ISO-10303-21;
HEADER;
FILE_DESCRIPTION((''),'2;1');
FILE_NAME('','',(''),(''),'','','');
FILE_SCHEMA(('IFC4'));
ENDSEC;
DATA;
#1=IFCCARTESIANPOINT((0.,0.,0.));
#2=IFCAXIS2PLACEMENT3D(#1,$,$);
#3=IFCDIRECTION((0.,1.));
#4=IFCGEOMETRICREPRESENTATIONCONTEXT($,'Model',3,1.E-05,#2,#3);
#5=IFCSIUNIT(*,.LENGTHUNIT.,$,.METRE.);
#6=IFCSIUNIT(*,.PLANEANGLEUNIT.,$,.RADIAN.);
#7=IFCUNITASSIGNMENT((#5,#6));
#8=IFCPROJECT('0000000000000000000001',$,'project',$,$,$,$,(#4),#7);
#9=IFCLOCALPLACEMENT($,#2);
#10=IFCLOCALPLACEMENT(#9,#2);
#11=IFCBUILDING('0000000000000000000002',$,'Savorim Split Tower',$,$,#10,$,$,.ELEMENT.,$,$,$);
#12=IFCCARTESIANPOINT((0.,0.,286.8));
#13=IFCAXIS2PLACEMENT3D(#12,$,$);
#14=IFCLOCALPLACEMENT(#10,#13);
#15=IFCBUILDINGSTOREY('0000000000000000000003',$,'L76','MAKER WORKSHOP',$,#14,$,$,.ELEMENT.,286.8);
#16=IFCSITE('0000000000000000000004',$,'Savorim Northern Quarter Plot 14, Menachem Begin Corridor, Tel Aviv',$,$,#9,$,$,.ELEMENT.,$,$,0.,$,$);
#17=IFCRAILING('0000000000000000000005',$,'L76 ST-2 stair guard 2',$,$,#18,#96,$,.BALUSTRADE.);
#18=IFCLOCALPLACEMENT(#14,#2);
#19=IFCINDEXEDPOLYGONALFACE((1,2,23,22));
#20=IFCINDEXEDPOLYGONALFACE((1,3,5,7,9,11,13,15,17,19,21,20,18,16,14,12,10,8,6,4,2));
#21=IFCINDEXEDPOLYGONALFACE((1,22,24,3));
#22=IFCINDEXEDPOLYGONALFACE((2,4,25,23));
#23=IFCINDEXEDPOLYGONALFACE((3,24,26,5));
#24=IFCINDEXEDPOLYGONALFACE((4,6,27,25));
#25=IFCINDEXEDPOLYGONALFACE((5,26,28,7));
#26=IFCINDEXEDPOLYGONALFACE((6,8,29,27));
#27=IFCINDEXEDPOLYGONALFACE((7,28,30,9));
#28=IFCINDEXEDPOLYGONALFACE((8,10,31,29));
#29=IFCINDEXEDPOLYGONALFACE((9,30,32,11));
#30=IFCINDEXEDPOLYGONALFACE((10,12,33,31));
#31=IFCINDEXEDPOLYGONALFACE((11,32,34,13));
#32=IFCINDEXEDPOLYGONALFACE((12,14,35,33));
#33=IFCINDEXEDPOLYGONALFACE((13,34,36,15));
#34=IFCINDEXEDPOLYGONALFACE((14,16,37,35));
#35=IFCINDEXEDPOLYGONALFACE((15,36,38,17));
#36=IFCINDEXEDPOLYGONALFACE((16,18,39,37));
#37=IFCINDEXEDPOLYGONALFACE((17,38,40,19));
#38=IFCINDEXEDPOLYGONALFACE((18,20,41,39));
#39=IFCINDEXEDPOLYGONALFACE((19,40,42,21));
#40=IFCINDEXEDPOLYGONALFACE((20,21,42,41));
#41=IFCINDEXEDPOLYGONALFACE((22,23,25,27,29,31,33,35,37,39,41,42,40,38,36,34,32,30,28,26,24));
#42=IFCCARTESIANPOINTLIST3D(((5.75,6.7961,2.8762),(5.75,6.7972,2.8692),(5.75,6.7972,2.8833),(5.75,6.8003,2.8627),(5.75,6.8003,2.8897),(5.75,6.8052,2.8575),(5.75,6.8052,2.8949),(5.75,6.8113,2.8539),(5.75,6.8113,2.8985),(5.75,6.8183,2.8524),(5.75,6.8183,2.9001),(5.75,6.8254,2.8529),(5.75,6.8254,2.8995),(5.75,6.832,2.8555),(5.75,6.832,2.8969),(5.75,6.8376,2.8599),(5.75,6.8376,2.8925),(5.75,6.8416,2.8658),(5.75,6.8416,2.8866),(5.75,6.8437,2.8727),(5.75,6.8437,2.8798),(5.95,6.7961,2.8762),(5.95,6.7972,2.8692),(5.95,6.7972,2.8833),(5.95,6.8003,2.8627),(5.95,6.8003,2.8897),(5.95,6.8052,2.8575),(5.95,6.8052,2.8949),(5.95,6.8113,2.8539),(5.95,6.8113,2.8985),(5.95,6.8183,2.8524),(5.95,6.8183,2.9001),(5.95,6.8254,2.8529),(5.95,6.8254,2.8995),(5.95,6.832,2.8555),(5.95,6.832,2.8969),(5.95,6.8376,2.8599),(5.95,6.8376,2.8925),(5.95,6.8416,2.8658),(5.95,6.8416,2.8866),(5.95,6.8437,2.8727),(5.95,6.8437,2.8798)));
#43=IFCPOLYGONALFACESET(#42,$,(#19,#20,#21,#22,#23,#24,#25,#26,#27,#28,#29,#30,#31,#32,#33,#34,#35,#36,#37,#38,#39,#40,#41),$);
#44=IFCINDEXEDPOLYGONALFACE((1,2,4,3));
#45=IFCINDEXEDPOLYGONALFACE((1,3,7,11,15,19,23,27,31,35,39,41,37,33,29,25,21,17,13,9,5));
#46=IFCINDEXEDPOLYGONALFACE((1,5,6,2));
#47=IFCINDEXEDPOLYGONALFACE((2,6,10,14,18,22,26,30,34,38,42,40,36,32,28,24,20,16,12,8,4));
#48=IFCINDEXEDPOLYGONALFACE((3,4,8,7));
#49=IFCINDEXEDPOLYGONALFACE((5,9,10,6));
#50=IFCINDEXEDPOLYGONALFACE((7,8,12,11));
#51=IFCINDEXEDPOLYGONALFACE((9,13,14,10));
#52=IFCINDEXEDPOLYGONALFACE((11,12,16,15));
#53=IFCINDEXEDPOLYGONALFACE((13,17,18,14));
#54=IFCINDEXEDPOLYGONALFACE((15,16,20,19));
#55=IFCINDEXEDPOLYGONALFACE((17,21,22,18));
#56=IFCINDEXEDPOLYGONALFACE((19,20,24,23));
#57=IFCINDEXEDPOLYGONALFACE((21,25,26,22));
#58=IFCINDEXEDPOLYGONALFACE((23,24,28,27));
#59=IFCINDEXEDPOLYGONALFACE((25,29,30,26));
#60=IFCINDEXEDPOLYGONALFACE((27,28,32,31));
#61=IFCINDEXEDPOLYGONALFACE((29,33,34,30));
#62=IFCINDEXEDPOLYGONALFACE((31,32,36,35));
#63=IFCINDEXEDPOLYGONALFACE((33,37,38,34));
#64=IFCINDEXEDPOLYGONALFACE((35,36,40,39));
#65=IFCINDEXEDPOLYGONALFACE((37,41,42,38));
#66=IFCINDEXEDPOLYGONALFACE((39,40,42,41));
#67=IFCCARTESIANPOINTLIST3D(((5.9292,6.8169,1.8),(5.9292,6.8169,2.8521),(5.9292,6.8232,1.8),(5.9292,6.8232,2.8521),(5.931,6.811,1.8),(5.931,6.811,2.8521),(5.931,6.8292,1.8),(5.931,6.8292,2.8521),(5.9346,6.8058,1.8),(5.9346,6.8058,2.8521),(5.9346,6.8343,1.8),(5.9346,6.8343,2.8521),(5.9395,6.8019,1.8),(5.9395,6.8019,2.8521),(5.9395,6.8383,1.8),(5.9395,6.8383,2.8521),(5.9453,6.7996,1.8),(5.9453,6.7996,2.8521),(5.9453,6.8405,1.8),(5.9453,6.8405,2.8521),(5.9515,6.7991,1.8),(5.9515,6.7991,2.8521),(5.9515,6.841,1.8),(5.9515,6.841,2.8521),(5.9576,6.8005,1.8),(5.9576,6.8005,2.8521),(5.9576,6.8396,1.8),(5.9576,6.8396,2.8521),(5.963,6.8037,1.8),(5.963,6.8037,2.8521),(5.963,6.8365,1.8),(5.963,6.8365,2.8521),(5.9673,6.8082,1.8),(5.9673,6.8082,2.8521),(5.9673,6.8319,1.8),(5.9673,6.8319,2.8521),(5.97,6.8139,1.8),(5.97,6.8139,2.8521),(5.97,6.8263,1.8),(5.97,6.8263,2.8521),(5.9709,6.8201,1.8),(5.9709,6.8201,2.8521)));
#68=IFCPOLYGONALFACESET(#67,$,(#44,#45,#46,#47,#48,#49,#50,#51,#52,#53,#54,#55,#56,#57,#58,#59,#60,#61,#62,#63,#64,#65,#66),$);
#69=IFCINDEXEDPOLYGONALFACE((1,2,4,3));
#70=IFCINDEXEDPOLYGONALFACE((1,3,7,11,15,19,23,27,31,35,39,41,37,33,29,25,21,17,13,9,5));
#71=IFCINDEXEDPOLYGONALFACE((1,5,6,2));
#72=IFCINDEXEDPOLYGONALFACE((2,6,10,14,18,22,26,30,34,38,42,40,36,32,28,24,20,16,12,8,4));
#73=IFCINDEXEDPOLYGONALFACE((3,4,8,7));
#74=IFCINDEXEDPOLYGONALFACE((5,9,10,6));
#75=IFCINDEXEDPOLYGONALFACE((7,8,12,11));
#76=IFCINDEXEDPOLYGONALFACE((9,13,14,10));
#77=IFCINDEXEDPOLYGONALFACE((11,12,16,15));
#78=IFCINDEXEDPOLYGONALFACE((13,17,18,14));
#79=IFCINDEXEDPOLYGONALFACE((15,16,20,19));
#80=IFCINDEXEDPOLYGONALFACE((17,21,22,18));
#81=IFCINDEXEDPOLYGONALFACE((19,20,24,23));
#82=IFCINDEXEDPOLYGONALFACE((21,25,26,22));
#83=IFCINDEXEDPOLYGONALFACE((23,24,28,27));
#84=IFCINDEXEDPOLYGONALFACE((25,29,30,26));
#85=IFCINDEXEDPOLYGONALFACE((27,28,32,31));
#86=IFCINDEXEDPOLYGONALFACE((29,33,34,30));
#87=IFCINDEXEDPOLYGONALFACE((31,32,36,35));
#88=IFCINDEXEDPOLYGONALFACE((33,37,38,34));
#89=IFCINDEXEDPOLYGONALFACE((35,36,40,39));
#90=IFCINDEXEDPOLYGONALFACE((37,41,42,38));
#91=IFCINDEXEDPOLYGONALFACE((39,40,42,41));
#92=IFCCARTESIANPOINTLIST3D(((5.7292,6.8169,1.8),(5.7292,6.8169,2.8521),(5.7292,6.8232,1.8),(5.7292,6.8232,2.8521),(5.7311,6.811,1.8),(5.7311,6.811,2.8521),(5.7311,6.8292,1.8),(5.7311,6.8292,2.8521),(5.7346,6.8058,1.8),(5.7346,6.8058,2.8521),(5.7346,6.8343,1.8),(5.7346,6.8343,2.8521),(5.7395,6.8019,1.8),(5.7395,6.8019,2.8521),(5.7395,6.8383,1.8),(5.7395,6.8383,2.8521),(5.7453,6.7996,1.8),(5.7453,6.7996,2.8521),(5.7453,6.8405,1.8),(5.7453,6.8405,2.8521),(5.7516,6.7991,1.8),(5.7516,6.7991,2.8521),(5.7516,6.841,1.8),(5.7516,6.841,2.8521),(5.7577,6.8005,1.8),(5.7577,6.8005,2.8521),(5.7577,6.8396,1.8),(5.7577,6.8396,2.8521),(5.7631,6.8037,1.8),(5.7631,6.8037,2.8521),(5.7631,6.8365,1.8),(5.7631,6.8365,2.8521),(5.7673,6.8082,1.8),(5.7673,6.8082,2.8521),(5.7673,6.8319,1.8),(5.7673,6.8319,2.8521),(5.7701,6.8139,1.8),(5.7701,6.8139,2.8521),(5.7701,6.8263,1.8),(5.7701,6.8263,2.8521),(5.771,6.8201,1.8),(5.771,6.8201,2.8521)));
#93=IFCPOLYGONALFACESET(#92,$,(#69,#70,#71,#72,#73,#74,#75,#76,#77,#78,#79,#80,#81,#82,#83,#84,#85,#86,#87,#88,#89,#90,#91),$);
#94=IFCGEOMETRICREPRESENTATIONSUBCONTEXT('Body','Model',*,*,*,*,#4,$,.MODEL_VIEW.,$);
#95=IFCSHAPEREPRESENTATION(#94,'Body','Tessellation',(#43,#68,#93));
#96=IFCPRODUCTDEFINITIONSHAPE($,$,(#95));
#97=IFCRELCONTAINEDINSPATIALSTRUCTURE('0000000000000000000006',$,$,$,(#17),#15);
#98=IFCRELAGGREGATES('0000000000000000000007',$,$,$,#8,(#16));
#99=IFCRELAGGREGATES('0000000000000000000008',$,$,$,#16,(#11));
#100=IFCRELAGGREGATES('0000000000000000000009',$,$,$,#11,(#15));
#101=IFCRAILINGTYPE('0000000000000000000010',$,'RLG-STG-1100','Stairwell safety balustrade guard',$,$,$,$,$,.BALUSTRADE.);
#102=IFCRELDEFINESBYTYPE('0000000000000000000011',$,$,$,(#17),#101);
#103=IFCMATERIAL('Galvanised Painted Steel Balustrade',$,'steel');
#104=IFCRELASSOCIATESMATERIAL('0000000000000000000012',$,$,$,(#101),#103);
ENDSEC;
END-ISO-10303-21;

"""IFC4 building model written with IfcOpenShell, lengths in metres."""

from ifc_helpers import new_model, si_unit, direction, frame, origin, origin_2d, place, context, subcontext, project, spatial, circle, extrude, material, type_object, element, save


model = new_model("IFC4")

# Units and contexts
model_context = context("Model", 3, precision=1e-05, world=origin(), true_north=direction((0.0, 1.0)))
body_context = subcontext(model_context, "Body", "Model", "MODEL_VIEW")
ifc_project = project(units=[si_unit("LENGTHUNIT", "METRE"), si_unit("PLANEANGLEUNIT", "RADIAN")], contexts=[model_context])

# Site, building, storey
site_placement = place(None, origin())
site = spatial("IfcSite", under=ifc_project, at=site_placement, Name="Savorim Northern Quarter Plot 14, Menachem Begin Corridor, Tel Aviv", CompositionType="ELEMENT", RefElevation=0.0)
building_placement = place(site_placement, origin())
building = spatial("IfcBuilding", under=site, at=building_placement, Name="Savorim Split Tower", CompositionType="ELEMENT")
storey_placement = place(building_placement, frame((0.0, 0.0, 286.8)))
storey = spatial("IfcBuildingStorey", under=building, at=storey_placement, Name="L76", Description="MAKER WORKSHOP", CompositionType="ELEMENT", Elevation=286.8)

# Railing
ifc_material_1 = material(Name="Galvanised Painted Steel Balustrade", Category="steel")
railing_type_1 = type_object("IfcRailingType", Name="RLG-STG-1100", Description="Stairwell safety balustrade guard", PredefinedType="BALUSTRADE", material=ifc_material_1)
railing_1_placement = place(storey_placement, frame((5.95, 6.8201, 1.8)))
element("IfcRailing", 1, at=railing_1_placement, inside=storey, type_object=railing_type_1, Name="L76 ST-2 stair guard 2", PredefinedType="BALUSTRADE", context=body_context, shape_type="SweptSolid", body=[
    extrude(circle(Radius=0.0239, at=origin_2d()), frame((0.0, 0.0, 1.0762), z_axis=(-1.0, 0.0, 0.0), x_axis=(0.0, -1.0, 0.0)), (0.0, 0.0, 1.0), 0.2),
    extrude(circle(Radius=0.021, at=origin_2d()), origin(), (0.0, 0.0, 1.0), 1.052),
    extrude(circle(Radius=0.021, at=origin_2d()), frame((-0.2, 0.0, 0.0)), (0.0, 0.0, 1.0), 1.052),
])

save(model, "model.ifc")
